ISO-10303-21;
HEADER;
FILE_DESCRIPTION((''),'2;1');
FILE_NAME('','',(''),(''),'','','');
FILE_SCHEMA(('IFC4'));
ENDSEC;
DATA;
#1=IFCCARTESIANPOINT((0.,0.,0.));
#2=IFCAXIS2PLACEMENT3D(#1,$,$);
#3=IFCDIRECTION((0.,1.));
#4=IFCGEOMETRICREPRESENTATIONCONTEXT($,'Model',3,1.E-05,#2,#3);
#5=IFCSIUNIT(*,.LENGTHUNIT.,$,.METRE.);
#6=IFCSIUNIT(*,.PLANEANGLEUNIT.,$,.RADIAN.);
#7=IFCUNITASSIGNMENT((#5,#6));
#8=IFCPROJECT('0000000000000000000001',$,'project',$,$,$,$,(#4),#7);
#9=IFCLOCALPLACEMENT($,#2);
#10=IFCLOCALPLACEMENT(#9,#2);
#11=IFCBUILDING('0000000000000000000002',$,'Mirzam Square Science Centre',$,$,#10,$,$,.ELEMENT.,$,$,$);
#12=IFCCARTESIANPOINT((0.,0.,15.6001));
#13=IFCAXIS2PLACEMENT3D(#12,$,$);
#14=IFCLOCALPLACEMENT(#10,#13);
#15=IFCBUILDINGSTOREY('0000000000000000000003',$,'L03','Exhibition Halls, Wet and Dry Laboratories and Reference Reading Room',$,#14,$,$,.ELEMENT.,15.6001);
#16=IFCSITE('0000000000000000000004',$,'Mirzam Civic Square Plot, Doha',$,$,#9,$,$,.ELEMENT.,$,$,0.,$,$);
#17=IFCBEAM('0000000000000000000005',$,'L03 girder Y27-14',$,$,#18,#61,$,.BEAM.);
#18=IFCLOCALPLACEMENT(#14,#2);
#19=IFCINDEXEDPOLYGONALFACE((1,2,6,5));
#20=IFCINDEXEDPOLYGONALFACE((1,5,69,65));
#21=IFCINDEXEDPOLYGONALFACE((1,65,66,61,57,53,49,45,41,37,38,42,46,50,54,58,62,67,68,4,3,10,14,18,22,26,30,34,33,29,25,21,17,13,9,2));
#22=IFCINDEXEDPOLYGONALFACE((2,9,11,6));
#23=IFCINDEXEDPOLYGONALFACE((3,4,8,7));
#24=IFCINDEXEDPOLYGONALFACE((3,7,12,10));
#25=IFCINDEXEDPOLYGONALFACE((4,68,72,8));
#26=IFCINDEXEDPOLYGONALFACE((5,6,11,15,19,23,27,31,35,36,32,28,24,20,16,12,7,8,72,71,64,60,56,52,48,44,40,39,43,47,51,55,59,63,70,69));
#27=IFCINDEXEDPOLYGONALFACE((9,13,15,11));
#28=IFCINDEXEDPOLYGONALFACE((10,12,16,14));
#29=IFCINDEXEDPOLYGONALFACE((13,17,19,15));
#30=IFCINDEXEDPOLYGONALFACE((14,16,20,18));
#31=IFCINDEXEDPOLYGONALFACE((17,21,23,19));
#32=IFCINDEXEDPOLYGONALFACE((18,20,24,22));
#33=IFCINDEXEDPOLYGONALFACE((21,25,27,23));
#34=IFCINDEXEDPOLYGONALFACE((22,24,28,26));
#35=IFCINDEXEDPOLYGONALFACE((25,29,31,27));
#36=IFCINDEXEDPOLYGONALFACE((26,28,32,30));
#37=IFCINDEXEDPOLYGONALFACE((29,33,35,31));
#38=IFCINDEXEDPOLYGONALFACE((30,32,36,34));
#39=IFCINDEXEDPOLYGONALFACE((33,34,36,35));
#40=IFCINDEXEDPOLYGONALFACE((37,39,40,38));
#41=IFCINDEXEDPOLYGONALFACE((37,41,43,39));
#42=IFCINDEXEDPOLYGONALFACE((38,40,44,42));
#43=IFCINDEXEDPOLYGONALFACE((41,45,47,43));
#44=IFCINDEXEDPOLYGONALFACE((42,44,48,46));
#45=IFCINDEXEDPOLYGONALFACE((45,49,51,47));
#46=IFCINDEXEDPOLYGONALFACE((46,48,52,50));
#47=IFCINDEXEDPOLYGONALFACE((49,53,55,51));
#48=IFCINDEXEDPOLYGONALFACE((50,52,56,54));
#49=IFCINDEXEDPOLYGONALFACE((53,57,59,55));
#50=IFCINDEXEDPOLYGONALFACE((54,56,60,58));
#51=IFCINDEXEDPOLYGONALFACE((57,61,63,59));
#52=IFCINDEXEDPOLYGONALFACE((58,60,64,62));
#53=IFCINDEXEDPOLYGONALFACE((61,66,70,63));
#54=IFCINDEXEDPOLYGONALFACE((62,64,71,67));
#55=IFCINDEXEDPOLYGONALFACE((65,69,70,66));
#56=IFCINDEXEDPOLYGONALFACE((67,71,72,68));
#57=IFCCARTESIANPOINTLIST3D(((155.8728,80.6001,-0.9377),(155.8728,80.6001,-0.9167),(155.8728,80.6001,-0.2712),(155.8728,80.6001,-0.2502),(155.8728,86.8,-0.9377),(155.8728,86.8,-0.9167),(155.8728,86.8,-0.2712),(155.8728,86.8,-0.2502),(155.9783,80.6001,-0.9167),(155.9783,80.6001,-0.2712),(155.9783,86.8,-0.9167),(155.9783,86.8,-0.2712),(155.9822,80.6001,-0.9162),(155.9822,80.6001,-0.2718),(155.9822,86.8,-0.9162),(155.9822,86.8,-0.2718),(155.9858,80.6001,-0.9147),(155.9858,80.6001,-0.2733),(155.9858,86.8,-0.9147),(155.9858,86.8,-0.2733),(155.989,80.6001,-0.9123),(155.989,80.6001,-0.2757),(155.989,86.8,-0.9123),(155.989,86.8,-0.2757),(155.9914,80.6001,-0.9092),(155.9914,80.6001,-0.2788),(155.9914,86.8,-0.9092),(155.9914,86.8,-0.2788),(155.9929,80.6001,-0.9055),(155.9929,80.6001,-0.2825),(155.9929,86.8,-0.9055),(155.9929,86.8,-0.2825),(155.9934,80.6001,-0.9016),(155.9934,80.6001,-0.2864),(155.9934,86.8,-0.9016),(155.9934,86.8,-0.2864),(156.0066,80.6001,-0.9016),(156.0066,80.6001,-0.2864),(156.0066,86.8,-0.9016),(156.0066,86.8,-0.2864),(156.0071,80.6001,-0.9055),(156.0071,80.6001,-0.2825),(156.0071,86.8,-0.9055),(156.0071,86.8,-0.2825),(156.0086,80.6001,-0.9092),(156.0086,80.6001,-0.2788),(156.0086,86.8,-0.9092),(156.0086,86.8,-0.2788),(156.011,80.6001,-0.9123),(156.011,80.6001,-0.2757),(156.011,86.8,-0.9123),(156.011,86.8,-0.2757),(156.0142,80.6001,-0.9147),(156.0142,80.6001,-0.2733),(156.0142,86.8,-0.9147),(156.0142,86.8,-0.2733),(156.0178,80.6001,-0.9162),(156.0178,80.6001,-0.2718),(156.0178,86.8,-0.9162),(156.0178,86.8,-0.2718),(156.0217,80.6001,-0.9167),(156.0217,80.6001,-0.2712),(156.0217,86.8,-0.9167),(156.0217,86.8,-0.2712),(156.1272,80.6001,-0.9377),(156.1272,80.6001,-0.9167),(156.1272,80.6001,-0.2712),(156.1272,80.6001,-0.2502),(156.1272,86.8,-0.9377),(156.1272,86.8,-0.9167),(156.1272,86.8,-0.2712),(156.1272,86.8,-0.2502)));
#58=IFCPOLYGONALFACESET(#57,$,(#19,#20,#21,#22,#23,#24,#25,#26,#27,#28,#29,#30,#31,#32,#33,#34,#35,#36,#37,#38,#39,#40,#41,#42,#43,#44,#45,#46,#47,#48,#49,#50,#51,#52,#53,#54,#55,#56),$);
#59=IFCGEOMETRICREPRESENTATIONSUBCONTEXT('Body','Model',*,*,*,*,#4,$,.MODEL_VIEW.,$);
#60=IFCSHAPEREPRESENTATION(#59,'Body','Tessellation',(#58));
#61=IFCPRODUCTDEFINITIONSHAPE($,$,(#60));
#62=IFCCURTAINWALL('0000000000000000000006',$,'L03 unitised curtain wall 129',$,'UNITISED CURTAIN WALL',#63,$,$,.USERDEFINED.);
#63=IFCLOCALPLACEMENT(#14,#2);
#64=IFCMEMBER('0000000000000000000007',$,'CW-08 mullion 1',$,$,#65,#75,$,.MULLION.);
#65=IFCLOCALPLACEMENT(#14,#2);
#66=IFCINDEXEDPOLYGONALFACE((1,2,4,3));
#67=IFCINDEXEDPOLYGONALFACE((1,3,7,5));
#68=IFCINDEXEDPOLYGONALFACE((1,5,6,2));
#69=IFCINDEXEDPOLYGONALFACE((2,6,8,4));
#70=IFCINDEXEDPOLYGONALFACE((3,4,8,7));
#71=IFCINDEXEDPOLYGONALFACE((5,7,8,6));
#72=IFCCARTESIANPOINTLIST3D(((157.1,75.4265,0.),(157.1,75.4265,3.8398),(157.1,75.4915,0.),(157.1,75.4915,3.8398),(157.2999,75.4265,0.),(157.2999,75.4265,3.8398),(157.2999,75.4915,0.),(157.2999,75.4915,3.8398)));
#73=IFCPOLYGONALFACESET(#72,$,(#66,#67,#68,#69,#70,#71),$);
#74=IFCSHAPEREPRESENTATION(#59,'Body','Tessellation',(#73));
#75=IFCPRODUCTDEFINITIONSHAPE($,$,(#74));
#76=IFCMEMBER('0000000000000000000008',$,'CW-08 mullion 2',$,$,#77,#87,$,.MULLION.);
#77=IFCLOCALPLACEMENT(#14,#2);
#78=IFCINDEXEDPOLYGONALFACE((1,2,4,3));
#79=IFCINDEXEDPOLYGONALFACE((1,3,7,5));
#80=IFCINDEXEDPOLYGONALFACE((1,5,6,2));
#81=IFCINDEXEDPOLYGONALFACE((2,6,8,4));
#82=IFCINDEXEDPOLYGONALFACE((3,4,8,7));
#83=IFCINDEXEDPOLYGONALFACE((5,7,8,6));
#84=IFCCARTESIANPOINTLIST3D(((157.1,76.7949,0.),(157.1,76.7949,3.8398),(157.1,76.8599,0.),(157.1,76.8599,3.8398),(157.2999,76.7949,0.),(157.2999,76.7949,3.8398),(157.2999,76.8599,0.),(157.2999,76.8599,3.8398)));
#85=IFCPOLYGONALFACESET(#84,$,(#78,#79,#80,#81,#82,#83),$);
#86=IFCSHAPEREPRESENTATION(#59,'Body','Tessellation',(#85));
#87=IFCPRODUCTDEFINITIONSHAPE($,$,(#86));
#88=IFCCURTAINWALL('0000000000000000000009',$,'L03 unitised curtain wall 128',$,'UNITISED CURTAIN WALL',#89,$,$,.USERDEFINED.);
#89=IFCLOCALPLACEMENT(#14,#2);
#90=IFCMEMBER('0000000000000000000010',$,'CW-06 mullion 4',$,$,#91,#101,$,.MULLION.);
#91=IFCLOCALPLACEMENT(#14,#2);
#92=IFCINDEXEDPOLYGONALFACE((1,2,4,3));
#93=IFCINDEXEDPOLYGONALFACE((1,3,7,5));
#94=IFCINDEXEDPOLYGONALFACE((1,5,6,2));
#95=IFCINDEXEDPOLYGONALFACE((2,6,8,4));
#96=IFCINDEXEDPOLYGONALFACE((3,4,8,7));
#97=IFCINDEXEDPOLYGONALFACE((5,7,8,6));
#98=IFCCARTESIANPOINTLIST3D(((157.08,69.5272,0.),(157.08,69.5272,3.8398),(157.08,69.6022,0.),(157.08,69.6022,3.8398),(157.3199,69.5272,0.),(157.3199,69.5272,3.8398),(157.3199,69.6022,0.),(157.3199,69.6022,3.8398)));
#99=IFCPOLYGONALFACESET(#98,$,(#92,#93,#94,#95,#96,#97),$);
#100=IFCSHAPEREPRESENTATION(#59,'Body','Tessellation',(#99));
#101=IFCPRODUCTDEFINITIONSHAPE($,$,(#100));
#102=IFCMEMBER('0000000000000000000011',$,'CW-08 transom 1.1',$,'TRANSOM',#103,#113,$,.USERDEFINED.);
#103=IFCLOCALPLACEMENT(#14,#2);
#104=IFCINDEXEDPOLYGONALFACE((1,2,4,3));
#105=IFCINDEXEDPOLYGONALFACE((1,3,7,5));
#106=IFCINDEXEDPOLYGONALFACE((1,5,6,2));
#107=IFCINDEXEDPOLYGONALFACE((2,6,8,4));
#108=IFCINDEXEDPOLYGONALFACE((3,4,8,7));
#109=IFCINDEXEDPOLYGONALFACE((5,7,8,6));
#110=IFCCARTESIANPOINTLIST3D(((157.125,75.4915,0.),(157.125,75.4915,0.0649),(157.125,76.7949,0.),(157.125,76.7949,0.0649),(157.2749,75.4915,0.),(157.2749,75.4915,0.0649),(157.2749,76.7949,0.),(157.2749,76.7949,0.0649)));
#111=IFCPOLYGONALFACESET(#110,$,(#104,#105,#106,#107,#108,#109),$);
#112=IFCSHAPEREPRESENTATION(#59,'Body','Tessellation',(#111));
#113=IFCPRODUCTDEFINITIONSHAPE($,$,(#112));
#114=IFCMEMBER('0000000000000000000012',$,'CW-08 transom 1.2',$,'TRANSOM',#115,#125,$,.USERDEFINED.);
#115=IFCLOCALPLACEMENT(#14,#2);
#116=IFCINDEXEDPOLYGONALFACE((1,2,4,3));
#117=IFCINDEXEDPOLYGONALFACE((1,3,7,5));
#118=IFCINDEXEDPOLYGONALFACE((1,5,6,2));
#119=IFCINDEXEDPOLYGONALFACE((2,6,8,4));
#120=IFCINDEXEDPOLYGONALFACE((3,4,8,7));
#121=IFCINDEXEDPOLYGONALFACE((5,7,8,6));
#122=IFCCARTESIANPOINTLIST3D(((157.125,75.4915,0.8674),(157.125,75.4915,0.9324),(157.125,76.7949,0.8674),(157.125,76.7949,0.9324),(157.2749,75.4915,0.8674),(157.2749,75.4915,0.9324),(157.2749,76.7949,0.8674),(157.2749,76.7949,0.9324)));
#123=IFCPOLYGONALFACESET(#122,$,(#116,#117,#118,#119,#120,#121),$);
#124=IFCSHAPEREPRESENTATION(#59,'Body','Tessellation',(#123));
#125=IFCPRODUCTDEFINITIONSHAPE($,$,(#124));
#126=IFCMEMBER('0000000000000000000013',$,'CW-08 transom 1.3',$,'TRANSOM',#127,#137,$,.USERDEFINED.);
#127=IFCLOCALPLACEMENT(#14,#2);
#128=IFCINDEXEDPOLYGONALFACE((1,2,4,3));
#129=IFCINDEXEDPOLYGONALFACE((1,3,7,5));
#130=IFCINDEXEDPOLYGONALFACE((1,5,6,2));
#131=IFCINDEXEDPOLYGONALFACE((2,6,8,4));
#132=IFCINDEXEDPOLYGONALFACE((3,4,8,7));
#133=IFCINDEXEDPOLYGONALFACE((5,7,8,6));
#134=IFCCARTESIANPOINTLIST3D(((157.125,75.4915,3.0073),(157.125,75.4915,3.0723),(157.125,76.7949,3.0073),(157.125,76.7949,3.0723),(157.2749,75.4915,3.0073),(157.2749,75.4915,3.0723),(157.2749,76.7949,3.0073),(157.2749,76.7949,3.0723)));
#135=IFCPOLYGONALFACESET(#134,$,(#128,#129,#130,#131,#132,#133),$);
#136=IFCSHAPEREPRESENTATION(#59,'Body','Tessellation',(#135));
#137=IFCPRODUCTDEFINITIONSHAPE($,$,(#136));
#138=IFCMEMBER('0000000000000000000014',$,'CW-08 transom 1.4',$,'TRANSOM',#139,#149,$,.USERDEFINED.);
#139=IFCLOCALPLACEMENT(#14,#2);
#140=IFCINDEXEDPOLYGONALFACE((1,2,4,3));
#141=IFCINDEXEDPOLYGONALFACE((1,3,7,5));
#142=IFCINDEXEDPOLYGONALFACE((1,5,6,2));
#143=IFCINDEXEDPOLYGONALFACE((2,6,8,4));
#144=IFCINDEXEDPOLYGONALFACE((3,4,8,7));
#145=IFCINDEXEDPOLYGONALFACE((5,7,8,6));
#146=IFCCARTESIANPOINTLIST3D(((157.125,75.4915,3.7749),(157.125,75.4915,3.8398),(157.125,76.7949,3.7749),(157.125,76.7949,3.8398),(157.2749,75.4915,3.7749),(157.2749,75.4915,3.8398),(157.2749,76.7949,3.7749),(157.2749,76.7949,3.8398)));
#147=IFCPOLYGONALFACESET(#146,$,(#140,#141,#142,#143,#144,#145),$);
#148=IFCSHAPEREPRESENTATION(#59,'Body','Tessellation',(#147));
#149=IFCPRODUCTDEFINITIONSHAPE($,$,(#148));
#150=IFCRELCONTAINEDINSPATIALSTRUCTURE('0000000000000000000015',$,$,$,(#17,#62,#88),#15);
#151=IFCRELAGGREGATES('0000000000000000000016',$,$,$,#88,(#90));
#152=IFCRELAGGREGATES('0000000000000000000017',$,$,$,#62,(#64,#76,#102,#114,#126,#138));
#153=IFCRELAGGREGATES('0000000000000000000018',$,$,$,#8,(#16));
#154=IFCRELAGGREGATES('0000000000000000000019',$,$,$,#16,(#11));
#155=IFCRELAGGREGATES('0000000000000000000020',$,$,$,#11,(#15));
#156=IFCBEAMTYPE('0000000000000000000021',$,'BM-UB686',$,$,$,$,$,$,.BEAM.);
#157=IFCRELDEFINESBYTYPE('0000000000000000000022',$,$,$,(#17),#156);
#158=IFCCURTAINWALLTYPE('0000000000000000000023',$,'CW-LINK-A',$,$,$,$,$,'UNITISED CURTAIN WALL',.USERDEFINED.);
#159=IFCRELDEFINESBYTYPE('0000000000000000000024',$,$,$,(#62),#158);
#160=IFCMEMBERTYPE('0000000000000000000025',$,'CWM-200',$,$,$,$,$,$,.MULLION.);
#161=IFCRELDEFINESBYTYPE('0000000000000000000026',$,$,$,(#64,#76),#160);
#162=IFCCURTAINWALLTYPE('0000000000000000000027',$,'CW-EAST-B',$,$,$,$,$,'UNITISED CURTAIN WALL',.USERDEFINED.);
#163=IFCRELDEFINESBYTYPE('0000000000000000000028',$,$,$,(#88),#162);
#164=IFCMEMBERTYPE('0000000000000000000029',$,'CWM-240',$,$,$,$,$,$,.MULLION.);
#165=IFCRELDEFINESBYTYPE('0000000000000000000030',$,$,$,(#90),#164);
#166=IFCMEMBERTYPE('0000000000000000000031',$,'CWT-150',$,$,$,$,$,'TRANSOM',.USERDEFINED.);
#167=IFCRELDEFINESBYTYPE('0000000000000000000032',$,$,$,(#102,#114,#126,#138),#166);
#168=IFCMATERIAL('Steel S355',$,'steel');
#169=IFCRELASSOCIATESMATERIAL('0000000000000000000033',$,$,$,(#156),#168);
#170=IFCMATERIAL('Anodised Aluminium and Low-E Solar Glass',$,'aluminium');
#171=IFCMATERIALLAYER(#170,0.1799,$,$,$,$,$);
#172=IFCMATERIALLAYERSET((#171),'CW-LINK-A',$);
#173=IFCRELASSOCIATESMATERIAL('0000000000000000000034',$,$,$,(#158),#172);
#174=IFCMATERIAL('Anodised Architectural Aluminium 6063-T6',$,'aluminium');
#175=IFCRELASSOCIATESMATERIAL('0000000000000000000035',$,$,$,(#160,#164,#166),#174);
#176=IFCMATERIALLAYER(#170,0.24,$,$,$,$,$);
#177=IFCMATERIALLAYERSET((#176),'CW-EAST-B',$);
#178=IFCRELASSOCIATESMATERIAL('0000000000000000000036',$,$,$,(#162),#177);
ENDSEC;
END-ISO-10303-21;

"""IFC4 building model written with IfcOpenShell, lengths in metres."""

from ifc_helpers import new_model, si_unit, direction, frame, origin, origin_2d, place, context, subcontext, project, spatial, rectangle, i_section, extrude, material, layer, layer_set, material_profile, profile_set, type_object, element, aggregate, save


model = new_model("IFC4")

# Units and contexts
model_context = context("Model", 3, precision=1e-05, world=origin(), true_north=direction((0.0, 1.0)))
body_context = subcontext(model_context, "Body", "Model", "MODEL_VIEW")
ifc_project = project(units=[si_unit("LENGTHUNIT", "METRE"), si_unit("PLANEANGLEUNIT", "RADIAN")], contexts=[model_context])

# Site, building, storey
site_placement = place(None, origin())
site = spatial("IfcSite", under=ifc_project, at=site_placement, Name="Mirzam Civic Square Plot, Doha", CompositionType="ELEMENT", RefElevation=0.0)
building_placement = place(site_placement, origin())
building = spatial("IfcBuilding", under=site, at=building_placement, Name="Mirzam Square Science Centre", CompositionType="ELEMENT")
storey_placement = place(building_placement, frame((0.0, 0.0, 15.6001)))
storey = spatial("IfcBuildingStorey", under=building, at=storey_placement, Name="L03", Description="Exhibition Halls, Wet and Dry Laboratories and Reference Reading Room", CompositionType="ELEMENT", Elevation=15.6001)

# Shared definitions
ifc_material_1 = material(Name="Steel S355", Category="steel")

# Beam
ifc_material_profile_1 = material_profile(ifc_material_1, i_section(OverallWidth=0.2544, OverallDepth=0.6875, WebThickness=0.0132, FlangeThickness=0.021, FilletRadius=0.0151, at=origin_2d()), Name="686x254x152UB")
ifc_profile_set_1 = profile_set([ifc_material_profile_1], Name="Steel S355")
beam_type_1 = type_object("IfcBeamType", Name="BM-UB686", PredefinedType="BEAM", material=ifc_profile_set_1)
beam_1_placement = place(storey_placement, frame((156.0, 80.6001, -0.594), z_axis=(0.0, 1.0, 0.0), x_axis=(-1.0, 0.0, 0.0)))
element("IfcBeam", 1, at=beam_1_placement, inside=storey, type_object=beam_type_1, Name="L03 girder Y27-14", PredefinedType="BEAM", context=body_context, shape_type="SweptSolid", body=[
    extrude(i_section(OverallWidth=0.2544, OverallDepth=0.6875, WebThickness=0.0132, FlangeThickness=0.021, FilletRadius=0.0151, at=origin_2d()), origin(), (0.0, 0.0, 1.0), 6.2),
])

# Curtain wall, members
ifc_material_2 = material(Name="Anodised Aluminium and Low-E Solar Glass", Category="aluminium")
ifc_layer_1 = layer(ifc_material_2, 0.1799)
ifc_layer_set_1 = layer_set([ifc_layer_1], Name="CW-LINK-A")
curtain_wall_type_1 = type_object("IfcCurtainWallType", Name="CW-LINK-A", ElementType="UNITISED CURTAIN WALL", PredefinedType="USERDEFINED", material=ifc_layer_set_1)
curtain_wall_1_placement = place(storey_placement, origin())
curtain_wall_1 = element("IfcCurtainWall", 2, at=curtain_wall_1_placement, inside=storey, type_object=curtain_wall_type_1, Name="L03 unitised curtain wall 129", ObjectType="UNITISED CURTAIN WALL", PredefinedType="USERDEFINED")
ifc_material_3 = material(Name="Anodised Architectural Aluminium 6063-T6", Category="aluminium")
ifc_material_profile_2 = material_profile(ifc_material_3, rectangle(XDim=0.0649, YDim=0.2, at=origin_2d()), Name="ALU-MULL-200x65x5")
ifc_profile_set_2 = profile_set([ifc_material_profile_2], Name="Anodised Architectural Aluminium 6063-T6")
member_type_1 = type_object("IfcMemberType", Name="CWM-200", PredefinedType="MULLION", material=ifc_profile_set_2)
member_1_placement = place(storey_placement, frame((157.2, 75.459, 0.0), z_axis=(0.0, 0.0, 1.0), x_axis=(0.0, 1.0, 0.0)))
member_1 = element("IfcMember", 3, at=member_1_placement, type_object=member_type_1, Name="CW-08 mullion 1", PredefinedType="MULLION", context=body_context, shape_type="SweptSolid", body=[
    extrude(rectangle(XDim=0.0649, YDim=0.2, at=origin_2d()), origin(), (0.0, 0.0, 1.0), 3.8398),
])
member_2_placement = place(storey_placement, frame((157.2, 76.8274, 0.0), z_axis=(0.0, 0.0, 1.0), x_axis=(0.0, 1.0, 0.0)))
member_2 = element("IfcMember", 4, at=member_2_placement, type_object=member_type_1, Name="CW-08 mullion 2", PredefinedType="MULLION", context=body_context, shape_type="SweptSolid", body=[
    extrude(rectangle(XDim=0.0649, YDim=0.2, at=origin_2d()), origin(), (0.0, 0.0, 1.0), 3.8398),
])

# Curtain wall, member
ifc_layer_2 = layer(ifc_material_2, 0.24)
ifc_layer_set_2 = layer_set([ifc_layer_2], Name="CW-EAST-B")
curtain_wall_type_2 = type_object("IfcCurtainWallType", Name="CW-EAST-B", ElementType="UNITISED CURTAIN WALL", PredefinedType="USERDEFINED", material=ifc_layer_set_2)
curtain_wall_2_placement = place(storey_placement, origin())
curtain_wall_2 = element("IfcCurtainWall", 5, at=curtain_wall_2_placement, inside=storey, type_object=curtain_wall_type_2, Name="L03 unitised curtain wall 128", ObjectType="UNITISED CURTAIN WALL", PredefinedType="USERDEFINED")
ifc_material_profile_3 = material_profile(ifc_material_3, rectangle(XDim=0.075, YDim=0.24, at=origin_2d()), Name="ALU-MULL-240x75x5")
ifc_profile_set_3 = profile_set([ifc_material_profile_3], Name="Anodised Architectural Aluminium 6063-T6")
member_type_2 = type_object("IfcMemberType", Name="CWM-240", PredefinedType="MULLION", material=ifc_profile_set_3)
member_3_placement = place(storey_placement, frame((157.2, 69.5647, 0.0), z_axis=(0.0, 0.0, 1.0), x_axis=(0.0, 1.0, 0.0)))
member_3 = element("IfcMember", 6, at=member_3_placement, type_object=member_type_2, Name="CW-06 mullion 4", PredefinedType="MULLION", context=body_context, shape_type="SweptSolid", body=[
    extrude(rectangle(XDim=0.075, YDim=0.24, at=origin_2d()), origin(), (0.0, 0.0, 1.0), 3.8398),
])
aggregate(curtain_wall_2, [member_3])

# Members
ifc_material_profile_4 = material_profile(ifc_material_3, rectangle(XDim=0.1499, YDim=0.0649, at=origin_2d()), Name="ALU-TRAN-150x65x4")
ifc_profile_set_4 = profile_set([ifc_material_profile_4], Name="Anodised Architectural Aluminium 6063-T6")
member_type_3 = type_object("IfcMemberType", Name="CWT-150", ElementType="TRANSOM", PredefinedType="USERDEFINED", material=ifc_profile_set_4)
member_4_placement = place(storey_placement, frame((157.2, 75.4915, 0.0325), z_axis=(0.0, 1.0, 0.0), x_axis=(-1.0, 0.0, 0.0)))
member_4 = element("IfcMember", 7, at=member_4_placement, type_object=member_type_3, Name="CW-08 transom 1.1", ObjectType="TRANSOM", PredefinedType="USERDEFINED", context=body_context, shape_type="SweptSolid", body=[
    extrude(rectangle(XDim=0.1499, YDim=0.0649, at=origin_2d()), origin(), (0.0, 0.0, 1.0), 1.3035),
])
member_5_placement = place(storey_placement, frame((157.2, 75.4915, 0.8999), z_axis=(0.0, 1.0, 0.0), x_axis=(-1.0, 0.0, 0.0)))
member_5 = element("IfcMember", 8, at=member_5_placement, type_object=member_type_3, Name="CW-08 transom 1.2", ObjectType="TRANSOM", PredefinedType="USERDEFINED", context=body_context, shape_type="SweptSolid", body=[
    extrude(rectangle(XDim=0.1499, YDim=0.0649, at=origin_2d()), origin(), (0.0, 0.0, 1.0), 1.3035),
])
member_6_placement = place(storey_placement, frame((157.2, 75.4915, 3.0398), z_axis=(0.0, 1.0, 0.0), x_axis=(-1.0, 0.0, 0.0)))
member_6 = element("IfcMember", 9, at=member_6_placement, type_object=member_type_3, Name="CW-08 transom 1.3", ObjectType="TRANSOM", PredefinedType="USERDEFINED", context=body_context, shape_type="SweptSolid", body=[
    extrude(rectangle(XDim=0.1499, YDim=0.0649, at=origin_2d()), origin(), (0.0, 0.0, 1.0), 1.3035),
])
member_7_placement = place(storey_placement, frame((157.2, 75.4915, 3.8074), z_axis=(0.0, 1.0, 0.0), x_axis=(-1.0, 0.0, 0.0)))
member_7 = element("IfcMember", 10, at=member_7_placement, type_object=member_type_3, Name="CW-08 transom 1.4", ObjectType="TRANSOM", PredefinedType="USERDEFINED", context=body_context, shape_type="SweptSolid", body=[
    extrude(rectangle(XDim=0.1499, YDim=0.0649, at=origin_2d()), origin(), (0.0, 0.0, 1.0), 1.3035),
])

aggregate(curtain_wall_1, [member_1, member_2, member_4, member_5, member_6, member_7])

save(model, "model.ifc")
